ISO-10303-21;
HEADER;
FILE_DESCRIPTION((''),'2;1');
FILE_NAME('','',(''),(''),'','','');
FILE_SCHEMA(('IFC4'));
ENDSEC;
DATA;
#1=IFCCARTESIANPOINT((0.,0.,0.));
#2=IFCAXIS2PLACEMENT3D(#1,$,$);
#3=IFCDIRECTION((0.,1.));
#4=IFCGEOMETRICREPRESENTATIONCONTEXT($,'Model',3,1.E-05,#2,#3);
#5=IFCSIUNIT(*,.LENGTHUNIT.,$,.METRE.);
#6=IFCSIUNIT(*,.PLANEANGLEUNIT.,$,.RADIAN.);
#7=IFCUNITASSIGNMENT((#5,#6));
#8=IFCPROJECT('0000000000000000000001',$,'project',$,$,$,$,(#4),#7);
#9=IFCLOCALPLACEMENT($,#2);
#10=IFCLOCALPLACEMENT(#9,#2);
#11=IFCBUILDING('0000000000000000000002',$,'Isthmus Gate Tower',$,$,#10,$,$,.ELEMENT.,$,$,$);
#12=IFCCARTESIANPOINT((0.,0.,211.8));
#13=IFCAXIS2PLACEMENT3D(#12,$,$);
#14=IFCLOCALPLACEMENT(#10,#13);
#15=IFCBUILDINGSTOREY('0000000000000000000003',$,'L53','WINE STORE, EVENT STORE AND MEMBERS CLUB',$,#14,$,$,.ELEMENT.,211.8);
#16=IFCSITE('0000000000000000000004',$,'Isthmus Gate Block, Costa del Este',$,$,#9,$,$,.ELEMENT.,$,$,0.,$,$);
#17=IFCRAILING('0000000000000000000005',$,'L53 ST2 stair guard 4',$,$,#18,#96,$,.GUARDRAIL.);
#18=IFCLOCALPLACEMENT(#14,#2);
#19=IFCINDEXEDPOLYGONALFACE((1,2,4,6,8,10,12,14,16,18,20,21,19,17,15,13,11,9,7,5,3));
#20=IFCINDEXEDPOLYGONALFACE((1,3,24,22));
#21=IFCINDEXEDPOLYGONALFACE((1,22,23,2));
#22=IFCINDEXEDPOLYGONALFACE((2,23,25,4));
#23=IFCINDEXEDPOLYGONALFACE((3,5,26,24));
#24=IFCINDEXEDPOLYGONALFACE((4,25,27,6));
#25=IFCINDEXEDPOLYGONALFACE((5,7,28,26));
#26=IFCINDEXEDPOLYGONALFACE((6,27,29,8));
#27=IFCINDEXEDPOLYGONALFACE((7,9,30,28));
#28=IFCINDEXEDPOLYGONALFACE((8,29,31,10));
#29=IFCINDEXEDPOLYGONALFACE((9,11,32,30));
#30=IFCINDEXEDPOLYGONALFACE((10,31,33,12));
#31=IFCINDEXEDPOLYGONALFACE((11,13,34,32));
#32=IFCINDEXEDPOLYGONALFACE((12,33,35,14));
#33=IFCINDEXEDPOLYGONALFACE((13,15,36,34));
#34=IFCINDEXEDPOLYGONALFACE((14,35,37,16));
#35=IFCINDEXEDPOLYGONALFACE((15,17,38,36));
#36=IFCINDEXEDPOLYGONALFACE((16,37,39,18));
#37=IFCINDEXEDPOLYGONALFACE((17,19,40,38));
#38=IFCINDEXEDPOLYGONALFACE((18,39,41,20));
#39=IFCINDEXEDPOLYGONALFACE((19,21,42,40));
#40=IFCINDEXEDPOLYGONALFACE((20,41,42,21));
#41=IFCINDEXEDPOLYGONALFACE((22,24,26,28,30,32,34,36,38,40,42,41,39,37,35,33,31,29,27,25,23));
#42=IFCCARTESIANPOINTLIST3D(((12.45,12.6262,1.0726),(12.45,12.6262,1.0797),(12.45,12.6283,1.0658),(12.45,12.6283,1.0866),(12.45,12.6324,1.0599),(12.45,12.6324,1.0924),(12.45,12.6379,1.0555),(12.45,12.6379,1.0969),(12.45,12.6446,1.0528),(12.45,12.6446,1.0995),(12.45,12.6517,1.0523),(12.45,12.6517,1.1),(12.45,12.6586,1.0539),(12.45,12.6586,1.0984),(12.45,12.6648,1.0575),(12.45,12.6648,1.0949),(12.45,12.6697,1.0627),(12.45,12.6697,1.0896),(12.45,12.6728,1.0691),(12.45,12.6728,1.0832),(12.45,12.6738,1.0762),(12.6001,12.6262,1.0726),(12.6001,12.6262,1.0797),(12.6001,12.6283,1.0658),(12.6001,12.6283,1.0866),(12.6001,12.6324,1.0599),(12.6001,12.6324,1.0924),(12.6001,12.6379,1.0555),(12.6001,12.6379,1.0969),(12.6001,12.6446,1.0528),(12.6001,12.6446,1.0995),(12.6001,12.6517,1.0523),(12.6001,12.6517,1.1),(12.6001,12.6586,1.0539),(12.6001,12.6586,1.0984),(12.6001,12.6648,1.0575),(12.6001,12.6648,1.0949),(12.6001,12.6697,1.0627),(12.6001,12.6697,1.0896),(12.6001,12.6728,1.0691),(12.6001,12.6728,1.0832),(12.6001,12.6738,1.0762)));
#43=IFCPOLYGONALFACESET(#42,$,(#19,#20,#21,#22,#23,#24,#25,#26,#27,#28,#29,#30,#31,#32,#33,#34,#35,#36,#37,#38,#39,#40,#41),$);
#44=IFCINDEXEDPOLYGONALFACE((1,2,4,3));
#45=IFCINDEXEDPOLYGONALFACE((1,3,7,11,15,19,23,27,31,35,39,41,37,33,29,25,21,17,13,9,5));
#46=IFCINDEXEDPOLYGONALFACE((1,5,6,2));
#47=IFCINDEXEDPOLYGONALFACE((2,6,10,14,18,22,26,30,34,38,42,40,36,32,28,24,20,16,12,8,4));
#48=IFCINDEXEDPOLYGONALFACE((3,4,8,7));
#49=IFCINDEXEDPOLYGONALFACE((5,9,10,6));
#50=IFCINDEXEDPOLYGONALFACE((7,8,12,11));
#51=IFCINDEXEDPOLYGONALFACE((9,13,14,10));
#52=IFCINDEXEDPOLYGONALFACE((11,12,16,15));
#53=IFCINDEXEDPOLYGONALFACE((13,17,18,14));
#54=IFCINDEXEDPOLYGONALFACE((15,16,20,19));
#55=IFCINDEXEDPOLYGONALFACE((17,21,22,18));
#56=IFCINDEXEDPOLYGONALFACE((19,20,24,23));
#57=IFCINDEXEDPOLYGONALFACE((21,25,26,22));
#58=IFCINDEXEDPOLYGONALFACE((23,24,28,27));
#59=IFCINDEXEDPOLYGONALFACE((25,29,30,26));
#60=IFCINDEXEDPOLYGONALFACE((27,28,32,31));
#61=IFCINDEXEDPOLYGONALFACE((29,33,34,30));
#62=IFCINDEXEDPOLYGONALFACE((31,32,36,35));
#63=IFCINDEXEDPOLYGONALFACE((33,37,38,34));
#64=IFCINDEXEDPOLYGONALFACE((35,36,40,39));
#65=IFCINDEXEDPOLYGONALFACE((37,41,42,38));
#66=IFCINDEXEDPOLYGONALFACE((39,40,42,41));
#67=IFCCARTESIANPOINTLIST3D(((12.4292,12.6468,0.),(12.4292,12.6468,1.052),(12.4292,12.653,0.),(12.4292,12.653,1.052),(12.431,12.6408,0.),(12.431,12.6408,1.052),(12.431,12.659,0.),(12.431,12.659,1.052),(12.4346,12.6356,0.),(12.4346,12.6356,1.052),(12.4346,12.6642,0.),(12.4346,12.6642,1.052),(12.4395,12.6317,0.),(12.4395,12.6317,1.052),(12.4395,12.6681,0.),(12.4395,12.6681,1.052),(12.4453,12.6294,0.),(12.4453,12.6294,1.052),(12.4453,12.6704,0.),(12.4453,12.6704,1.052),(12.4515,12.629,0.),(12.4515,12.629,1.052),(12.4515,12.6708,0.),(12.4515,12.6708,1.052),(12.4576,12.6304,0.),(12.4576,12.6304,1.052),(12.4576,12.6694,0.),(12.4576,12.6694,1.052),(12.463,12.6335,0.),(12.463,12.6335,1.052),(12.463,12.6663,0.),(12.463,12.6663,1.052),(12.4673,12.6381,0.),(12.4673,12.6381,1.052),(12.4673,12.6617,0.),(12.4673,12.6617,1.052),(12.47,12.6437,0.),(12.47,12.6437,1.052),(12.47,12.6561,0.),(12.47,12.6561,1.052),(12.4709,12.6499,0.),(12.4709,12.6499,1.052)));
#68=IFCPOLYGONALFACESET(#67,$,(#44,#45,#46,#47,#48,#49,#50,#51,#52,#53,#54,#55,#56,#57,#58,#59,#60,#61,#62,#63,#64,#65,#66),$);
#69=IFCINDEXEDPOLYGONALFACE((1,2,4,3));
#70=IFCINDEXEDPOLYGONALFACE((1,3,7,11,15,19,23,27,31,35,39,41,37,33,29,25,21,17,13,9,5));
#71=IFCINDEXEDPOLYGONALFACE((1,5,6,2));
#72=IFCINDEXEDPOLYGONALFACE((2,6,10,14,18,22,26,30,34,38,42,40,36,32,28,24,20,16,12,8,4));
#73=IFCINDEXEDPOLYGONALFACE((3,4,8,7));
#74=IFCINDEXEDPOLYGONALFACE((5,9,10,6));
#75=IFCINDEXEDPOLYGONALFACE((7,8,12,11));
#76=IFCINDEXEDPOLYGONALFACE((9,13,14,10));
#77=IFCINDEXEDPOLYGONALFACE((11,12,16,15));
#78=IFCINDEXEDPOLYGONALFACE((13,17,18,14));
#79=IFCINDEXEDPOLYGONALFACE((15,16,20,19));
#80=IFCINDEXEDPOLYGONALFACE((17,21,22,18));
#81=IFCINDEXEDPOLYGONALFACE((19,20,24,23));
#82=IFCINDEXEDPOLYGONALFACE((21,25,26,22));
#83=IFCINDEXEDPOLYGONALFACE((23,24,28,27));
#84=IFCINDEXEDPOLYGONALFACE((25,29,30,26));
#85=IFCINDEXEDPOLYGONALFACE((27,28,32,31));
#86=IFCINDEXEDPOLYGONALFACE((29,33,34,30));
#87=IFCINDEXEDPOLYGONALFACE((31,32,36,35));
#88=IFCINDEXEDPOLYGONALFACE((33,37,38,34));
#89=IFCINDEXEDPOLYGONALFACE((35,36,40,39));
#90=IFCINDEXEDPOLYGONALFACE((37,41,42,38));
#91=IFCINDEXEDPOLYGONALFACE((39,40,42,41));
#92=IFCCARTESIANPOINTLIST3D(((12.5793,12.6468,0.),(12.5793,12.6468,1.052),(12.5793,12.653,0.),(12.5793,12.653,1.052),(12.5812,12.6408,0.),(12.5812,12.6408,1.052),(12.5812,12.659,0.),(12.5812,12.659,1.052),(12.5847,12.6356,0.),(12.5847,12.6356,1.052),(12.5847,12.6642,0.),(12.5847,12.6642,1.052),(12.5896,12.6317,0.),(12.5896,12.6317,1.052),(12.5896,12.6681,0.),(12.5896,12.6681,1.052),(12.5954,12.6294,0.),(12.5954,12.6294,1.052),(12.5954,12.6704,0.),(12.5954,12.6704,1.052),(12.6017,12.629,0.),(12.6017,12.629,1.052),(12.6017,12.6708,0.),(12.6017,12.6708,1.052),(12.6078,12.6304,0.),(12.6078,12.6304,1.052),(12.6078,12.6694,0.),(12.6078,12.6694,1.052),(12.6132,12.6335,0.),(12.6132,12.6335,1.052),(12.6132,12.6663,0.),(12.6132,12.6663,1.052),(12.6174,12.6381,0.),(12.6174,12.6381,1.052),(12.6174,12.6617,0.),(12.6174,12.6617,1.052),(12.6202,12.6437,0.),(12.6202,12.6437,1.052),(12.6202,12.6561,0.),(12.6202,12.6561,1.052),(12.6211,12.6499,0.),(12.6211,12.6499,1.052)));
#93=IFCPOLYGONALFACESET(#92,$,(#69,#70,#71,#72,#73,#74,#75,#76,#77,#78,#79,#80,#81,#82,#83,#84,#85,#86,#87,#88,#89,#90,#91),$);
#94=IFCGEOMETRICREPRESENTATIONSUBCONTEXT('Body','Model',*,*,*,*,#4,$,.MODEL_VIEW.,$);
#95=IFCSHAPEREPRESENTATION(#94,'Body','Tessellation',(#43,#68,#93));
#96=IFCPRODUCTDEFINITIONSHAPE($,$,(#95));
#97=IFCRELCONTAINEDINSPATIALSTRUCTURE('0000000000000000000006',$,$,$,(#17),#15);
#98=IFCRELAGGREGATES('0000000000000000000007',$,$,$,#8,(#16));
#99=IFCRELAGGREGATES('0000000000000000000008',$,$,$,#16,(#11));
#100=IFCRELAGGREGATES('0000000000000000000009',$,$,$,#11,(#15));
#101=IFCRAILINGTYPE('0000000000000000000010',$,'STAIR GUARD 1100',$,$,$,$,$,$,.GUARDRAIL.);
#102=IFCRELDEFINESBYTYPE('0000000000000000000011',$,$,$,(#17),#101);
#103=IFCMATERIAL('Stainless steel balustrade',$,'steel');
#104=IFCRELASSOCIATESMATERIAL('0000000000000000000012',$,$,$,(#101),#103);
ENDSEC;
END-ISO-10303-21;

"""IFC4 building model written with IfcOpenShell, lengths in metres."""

from ifc_helpers import new_model, si_unit, direction, frame, origin, origin_2d, place, context, subcontext, project, spatial, circle, extrude, material, type_object, element, save


model = new_model("IFC4")

# Units and contexts
model_context = context("Model", 3, precision=1e-05, world=origin(), true_north=direction((0.0, 1.0)))
body_context = subcontext(model_context, "Body", "Model", "MODEL_VIEW")
ifc_project = project(units=[si_unit("LENGTHUNIT", "METRE"), si_unit("PLANEANGLEUNIT", "RADIAN")], contexts=[model_context])

# Site, building, storey
site_placement = place(None, origin())
site = spatial("IfcSite", under=ifc_project, at=site_placement, Name="Isthmus Gate Block, Costa del Este", CompositionType="ELEMENT", RefElevation=0.0)
building_placement = place(site_placement, origin())
building = spatial("IfcBuilding", under=site, at=building_placement, Name="Isthmus Gate Tower", CompositionType="ELEMENT")
storey_placement = place(building_placement, frame((0.0, 0.0, 211.8)))
storey = spatial("IfcBuildingStorey", under=building, at=storey_placement, Name="L53", Description="WINE STORE, EVENT STORE AND MEMBERS CLUB", CompositionType="ELEMENT", Elevation=211.8)

# Railing
ifc_material_1 = material(Name="Stainless steel balustrade", Category="steel")
railing_type_1 = type_object("IfcRailingType", Name="STAIR GUARD 1100", PredefinedType="GUARDRAIL", material=ifc_material_1)
railing_1_placement = place(storey_placement, frame((12.45, 12.6499, 0.0)))
element("IfcRailing", 1, at=railing_1_placement, inside=storey, type_object=railing_type_1, Name="L53 ST2 stair guard 4", PredefinedType="GUARDRAIL", context=body_context, shape_type="SweptSolid", body=[
    extrude(circle(Radius=0.0239, at=origin_2d()), frame((0.0, 0.0, 1.0762), z_axis=(1.0, 0.0, 0.0), x_axis=(0.0, 1.0, 0.0)), (0.0, 0.0, 1.0), 0.1501),
    extrude(circle(Radius=0.021, at=origin_2d()), origin(), (0.0, 0.0, 1.0), 1.052),
    extrude(circle(Radius=0.021, at=origin_2d()), frame((0.1501, 0.0, 0.0)), (0.0, 0.0, 1.0), 1.052),
])

save(model, "model.ifc")
